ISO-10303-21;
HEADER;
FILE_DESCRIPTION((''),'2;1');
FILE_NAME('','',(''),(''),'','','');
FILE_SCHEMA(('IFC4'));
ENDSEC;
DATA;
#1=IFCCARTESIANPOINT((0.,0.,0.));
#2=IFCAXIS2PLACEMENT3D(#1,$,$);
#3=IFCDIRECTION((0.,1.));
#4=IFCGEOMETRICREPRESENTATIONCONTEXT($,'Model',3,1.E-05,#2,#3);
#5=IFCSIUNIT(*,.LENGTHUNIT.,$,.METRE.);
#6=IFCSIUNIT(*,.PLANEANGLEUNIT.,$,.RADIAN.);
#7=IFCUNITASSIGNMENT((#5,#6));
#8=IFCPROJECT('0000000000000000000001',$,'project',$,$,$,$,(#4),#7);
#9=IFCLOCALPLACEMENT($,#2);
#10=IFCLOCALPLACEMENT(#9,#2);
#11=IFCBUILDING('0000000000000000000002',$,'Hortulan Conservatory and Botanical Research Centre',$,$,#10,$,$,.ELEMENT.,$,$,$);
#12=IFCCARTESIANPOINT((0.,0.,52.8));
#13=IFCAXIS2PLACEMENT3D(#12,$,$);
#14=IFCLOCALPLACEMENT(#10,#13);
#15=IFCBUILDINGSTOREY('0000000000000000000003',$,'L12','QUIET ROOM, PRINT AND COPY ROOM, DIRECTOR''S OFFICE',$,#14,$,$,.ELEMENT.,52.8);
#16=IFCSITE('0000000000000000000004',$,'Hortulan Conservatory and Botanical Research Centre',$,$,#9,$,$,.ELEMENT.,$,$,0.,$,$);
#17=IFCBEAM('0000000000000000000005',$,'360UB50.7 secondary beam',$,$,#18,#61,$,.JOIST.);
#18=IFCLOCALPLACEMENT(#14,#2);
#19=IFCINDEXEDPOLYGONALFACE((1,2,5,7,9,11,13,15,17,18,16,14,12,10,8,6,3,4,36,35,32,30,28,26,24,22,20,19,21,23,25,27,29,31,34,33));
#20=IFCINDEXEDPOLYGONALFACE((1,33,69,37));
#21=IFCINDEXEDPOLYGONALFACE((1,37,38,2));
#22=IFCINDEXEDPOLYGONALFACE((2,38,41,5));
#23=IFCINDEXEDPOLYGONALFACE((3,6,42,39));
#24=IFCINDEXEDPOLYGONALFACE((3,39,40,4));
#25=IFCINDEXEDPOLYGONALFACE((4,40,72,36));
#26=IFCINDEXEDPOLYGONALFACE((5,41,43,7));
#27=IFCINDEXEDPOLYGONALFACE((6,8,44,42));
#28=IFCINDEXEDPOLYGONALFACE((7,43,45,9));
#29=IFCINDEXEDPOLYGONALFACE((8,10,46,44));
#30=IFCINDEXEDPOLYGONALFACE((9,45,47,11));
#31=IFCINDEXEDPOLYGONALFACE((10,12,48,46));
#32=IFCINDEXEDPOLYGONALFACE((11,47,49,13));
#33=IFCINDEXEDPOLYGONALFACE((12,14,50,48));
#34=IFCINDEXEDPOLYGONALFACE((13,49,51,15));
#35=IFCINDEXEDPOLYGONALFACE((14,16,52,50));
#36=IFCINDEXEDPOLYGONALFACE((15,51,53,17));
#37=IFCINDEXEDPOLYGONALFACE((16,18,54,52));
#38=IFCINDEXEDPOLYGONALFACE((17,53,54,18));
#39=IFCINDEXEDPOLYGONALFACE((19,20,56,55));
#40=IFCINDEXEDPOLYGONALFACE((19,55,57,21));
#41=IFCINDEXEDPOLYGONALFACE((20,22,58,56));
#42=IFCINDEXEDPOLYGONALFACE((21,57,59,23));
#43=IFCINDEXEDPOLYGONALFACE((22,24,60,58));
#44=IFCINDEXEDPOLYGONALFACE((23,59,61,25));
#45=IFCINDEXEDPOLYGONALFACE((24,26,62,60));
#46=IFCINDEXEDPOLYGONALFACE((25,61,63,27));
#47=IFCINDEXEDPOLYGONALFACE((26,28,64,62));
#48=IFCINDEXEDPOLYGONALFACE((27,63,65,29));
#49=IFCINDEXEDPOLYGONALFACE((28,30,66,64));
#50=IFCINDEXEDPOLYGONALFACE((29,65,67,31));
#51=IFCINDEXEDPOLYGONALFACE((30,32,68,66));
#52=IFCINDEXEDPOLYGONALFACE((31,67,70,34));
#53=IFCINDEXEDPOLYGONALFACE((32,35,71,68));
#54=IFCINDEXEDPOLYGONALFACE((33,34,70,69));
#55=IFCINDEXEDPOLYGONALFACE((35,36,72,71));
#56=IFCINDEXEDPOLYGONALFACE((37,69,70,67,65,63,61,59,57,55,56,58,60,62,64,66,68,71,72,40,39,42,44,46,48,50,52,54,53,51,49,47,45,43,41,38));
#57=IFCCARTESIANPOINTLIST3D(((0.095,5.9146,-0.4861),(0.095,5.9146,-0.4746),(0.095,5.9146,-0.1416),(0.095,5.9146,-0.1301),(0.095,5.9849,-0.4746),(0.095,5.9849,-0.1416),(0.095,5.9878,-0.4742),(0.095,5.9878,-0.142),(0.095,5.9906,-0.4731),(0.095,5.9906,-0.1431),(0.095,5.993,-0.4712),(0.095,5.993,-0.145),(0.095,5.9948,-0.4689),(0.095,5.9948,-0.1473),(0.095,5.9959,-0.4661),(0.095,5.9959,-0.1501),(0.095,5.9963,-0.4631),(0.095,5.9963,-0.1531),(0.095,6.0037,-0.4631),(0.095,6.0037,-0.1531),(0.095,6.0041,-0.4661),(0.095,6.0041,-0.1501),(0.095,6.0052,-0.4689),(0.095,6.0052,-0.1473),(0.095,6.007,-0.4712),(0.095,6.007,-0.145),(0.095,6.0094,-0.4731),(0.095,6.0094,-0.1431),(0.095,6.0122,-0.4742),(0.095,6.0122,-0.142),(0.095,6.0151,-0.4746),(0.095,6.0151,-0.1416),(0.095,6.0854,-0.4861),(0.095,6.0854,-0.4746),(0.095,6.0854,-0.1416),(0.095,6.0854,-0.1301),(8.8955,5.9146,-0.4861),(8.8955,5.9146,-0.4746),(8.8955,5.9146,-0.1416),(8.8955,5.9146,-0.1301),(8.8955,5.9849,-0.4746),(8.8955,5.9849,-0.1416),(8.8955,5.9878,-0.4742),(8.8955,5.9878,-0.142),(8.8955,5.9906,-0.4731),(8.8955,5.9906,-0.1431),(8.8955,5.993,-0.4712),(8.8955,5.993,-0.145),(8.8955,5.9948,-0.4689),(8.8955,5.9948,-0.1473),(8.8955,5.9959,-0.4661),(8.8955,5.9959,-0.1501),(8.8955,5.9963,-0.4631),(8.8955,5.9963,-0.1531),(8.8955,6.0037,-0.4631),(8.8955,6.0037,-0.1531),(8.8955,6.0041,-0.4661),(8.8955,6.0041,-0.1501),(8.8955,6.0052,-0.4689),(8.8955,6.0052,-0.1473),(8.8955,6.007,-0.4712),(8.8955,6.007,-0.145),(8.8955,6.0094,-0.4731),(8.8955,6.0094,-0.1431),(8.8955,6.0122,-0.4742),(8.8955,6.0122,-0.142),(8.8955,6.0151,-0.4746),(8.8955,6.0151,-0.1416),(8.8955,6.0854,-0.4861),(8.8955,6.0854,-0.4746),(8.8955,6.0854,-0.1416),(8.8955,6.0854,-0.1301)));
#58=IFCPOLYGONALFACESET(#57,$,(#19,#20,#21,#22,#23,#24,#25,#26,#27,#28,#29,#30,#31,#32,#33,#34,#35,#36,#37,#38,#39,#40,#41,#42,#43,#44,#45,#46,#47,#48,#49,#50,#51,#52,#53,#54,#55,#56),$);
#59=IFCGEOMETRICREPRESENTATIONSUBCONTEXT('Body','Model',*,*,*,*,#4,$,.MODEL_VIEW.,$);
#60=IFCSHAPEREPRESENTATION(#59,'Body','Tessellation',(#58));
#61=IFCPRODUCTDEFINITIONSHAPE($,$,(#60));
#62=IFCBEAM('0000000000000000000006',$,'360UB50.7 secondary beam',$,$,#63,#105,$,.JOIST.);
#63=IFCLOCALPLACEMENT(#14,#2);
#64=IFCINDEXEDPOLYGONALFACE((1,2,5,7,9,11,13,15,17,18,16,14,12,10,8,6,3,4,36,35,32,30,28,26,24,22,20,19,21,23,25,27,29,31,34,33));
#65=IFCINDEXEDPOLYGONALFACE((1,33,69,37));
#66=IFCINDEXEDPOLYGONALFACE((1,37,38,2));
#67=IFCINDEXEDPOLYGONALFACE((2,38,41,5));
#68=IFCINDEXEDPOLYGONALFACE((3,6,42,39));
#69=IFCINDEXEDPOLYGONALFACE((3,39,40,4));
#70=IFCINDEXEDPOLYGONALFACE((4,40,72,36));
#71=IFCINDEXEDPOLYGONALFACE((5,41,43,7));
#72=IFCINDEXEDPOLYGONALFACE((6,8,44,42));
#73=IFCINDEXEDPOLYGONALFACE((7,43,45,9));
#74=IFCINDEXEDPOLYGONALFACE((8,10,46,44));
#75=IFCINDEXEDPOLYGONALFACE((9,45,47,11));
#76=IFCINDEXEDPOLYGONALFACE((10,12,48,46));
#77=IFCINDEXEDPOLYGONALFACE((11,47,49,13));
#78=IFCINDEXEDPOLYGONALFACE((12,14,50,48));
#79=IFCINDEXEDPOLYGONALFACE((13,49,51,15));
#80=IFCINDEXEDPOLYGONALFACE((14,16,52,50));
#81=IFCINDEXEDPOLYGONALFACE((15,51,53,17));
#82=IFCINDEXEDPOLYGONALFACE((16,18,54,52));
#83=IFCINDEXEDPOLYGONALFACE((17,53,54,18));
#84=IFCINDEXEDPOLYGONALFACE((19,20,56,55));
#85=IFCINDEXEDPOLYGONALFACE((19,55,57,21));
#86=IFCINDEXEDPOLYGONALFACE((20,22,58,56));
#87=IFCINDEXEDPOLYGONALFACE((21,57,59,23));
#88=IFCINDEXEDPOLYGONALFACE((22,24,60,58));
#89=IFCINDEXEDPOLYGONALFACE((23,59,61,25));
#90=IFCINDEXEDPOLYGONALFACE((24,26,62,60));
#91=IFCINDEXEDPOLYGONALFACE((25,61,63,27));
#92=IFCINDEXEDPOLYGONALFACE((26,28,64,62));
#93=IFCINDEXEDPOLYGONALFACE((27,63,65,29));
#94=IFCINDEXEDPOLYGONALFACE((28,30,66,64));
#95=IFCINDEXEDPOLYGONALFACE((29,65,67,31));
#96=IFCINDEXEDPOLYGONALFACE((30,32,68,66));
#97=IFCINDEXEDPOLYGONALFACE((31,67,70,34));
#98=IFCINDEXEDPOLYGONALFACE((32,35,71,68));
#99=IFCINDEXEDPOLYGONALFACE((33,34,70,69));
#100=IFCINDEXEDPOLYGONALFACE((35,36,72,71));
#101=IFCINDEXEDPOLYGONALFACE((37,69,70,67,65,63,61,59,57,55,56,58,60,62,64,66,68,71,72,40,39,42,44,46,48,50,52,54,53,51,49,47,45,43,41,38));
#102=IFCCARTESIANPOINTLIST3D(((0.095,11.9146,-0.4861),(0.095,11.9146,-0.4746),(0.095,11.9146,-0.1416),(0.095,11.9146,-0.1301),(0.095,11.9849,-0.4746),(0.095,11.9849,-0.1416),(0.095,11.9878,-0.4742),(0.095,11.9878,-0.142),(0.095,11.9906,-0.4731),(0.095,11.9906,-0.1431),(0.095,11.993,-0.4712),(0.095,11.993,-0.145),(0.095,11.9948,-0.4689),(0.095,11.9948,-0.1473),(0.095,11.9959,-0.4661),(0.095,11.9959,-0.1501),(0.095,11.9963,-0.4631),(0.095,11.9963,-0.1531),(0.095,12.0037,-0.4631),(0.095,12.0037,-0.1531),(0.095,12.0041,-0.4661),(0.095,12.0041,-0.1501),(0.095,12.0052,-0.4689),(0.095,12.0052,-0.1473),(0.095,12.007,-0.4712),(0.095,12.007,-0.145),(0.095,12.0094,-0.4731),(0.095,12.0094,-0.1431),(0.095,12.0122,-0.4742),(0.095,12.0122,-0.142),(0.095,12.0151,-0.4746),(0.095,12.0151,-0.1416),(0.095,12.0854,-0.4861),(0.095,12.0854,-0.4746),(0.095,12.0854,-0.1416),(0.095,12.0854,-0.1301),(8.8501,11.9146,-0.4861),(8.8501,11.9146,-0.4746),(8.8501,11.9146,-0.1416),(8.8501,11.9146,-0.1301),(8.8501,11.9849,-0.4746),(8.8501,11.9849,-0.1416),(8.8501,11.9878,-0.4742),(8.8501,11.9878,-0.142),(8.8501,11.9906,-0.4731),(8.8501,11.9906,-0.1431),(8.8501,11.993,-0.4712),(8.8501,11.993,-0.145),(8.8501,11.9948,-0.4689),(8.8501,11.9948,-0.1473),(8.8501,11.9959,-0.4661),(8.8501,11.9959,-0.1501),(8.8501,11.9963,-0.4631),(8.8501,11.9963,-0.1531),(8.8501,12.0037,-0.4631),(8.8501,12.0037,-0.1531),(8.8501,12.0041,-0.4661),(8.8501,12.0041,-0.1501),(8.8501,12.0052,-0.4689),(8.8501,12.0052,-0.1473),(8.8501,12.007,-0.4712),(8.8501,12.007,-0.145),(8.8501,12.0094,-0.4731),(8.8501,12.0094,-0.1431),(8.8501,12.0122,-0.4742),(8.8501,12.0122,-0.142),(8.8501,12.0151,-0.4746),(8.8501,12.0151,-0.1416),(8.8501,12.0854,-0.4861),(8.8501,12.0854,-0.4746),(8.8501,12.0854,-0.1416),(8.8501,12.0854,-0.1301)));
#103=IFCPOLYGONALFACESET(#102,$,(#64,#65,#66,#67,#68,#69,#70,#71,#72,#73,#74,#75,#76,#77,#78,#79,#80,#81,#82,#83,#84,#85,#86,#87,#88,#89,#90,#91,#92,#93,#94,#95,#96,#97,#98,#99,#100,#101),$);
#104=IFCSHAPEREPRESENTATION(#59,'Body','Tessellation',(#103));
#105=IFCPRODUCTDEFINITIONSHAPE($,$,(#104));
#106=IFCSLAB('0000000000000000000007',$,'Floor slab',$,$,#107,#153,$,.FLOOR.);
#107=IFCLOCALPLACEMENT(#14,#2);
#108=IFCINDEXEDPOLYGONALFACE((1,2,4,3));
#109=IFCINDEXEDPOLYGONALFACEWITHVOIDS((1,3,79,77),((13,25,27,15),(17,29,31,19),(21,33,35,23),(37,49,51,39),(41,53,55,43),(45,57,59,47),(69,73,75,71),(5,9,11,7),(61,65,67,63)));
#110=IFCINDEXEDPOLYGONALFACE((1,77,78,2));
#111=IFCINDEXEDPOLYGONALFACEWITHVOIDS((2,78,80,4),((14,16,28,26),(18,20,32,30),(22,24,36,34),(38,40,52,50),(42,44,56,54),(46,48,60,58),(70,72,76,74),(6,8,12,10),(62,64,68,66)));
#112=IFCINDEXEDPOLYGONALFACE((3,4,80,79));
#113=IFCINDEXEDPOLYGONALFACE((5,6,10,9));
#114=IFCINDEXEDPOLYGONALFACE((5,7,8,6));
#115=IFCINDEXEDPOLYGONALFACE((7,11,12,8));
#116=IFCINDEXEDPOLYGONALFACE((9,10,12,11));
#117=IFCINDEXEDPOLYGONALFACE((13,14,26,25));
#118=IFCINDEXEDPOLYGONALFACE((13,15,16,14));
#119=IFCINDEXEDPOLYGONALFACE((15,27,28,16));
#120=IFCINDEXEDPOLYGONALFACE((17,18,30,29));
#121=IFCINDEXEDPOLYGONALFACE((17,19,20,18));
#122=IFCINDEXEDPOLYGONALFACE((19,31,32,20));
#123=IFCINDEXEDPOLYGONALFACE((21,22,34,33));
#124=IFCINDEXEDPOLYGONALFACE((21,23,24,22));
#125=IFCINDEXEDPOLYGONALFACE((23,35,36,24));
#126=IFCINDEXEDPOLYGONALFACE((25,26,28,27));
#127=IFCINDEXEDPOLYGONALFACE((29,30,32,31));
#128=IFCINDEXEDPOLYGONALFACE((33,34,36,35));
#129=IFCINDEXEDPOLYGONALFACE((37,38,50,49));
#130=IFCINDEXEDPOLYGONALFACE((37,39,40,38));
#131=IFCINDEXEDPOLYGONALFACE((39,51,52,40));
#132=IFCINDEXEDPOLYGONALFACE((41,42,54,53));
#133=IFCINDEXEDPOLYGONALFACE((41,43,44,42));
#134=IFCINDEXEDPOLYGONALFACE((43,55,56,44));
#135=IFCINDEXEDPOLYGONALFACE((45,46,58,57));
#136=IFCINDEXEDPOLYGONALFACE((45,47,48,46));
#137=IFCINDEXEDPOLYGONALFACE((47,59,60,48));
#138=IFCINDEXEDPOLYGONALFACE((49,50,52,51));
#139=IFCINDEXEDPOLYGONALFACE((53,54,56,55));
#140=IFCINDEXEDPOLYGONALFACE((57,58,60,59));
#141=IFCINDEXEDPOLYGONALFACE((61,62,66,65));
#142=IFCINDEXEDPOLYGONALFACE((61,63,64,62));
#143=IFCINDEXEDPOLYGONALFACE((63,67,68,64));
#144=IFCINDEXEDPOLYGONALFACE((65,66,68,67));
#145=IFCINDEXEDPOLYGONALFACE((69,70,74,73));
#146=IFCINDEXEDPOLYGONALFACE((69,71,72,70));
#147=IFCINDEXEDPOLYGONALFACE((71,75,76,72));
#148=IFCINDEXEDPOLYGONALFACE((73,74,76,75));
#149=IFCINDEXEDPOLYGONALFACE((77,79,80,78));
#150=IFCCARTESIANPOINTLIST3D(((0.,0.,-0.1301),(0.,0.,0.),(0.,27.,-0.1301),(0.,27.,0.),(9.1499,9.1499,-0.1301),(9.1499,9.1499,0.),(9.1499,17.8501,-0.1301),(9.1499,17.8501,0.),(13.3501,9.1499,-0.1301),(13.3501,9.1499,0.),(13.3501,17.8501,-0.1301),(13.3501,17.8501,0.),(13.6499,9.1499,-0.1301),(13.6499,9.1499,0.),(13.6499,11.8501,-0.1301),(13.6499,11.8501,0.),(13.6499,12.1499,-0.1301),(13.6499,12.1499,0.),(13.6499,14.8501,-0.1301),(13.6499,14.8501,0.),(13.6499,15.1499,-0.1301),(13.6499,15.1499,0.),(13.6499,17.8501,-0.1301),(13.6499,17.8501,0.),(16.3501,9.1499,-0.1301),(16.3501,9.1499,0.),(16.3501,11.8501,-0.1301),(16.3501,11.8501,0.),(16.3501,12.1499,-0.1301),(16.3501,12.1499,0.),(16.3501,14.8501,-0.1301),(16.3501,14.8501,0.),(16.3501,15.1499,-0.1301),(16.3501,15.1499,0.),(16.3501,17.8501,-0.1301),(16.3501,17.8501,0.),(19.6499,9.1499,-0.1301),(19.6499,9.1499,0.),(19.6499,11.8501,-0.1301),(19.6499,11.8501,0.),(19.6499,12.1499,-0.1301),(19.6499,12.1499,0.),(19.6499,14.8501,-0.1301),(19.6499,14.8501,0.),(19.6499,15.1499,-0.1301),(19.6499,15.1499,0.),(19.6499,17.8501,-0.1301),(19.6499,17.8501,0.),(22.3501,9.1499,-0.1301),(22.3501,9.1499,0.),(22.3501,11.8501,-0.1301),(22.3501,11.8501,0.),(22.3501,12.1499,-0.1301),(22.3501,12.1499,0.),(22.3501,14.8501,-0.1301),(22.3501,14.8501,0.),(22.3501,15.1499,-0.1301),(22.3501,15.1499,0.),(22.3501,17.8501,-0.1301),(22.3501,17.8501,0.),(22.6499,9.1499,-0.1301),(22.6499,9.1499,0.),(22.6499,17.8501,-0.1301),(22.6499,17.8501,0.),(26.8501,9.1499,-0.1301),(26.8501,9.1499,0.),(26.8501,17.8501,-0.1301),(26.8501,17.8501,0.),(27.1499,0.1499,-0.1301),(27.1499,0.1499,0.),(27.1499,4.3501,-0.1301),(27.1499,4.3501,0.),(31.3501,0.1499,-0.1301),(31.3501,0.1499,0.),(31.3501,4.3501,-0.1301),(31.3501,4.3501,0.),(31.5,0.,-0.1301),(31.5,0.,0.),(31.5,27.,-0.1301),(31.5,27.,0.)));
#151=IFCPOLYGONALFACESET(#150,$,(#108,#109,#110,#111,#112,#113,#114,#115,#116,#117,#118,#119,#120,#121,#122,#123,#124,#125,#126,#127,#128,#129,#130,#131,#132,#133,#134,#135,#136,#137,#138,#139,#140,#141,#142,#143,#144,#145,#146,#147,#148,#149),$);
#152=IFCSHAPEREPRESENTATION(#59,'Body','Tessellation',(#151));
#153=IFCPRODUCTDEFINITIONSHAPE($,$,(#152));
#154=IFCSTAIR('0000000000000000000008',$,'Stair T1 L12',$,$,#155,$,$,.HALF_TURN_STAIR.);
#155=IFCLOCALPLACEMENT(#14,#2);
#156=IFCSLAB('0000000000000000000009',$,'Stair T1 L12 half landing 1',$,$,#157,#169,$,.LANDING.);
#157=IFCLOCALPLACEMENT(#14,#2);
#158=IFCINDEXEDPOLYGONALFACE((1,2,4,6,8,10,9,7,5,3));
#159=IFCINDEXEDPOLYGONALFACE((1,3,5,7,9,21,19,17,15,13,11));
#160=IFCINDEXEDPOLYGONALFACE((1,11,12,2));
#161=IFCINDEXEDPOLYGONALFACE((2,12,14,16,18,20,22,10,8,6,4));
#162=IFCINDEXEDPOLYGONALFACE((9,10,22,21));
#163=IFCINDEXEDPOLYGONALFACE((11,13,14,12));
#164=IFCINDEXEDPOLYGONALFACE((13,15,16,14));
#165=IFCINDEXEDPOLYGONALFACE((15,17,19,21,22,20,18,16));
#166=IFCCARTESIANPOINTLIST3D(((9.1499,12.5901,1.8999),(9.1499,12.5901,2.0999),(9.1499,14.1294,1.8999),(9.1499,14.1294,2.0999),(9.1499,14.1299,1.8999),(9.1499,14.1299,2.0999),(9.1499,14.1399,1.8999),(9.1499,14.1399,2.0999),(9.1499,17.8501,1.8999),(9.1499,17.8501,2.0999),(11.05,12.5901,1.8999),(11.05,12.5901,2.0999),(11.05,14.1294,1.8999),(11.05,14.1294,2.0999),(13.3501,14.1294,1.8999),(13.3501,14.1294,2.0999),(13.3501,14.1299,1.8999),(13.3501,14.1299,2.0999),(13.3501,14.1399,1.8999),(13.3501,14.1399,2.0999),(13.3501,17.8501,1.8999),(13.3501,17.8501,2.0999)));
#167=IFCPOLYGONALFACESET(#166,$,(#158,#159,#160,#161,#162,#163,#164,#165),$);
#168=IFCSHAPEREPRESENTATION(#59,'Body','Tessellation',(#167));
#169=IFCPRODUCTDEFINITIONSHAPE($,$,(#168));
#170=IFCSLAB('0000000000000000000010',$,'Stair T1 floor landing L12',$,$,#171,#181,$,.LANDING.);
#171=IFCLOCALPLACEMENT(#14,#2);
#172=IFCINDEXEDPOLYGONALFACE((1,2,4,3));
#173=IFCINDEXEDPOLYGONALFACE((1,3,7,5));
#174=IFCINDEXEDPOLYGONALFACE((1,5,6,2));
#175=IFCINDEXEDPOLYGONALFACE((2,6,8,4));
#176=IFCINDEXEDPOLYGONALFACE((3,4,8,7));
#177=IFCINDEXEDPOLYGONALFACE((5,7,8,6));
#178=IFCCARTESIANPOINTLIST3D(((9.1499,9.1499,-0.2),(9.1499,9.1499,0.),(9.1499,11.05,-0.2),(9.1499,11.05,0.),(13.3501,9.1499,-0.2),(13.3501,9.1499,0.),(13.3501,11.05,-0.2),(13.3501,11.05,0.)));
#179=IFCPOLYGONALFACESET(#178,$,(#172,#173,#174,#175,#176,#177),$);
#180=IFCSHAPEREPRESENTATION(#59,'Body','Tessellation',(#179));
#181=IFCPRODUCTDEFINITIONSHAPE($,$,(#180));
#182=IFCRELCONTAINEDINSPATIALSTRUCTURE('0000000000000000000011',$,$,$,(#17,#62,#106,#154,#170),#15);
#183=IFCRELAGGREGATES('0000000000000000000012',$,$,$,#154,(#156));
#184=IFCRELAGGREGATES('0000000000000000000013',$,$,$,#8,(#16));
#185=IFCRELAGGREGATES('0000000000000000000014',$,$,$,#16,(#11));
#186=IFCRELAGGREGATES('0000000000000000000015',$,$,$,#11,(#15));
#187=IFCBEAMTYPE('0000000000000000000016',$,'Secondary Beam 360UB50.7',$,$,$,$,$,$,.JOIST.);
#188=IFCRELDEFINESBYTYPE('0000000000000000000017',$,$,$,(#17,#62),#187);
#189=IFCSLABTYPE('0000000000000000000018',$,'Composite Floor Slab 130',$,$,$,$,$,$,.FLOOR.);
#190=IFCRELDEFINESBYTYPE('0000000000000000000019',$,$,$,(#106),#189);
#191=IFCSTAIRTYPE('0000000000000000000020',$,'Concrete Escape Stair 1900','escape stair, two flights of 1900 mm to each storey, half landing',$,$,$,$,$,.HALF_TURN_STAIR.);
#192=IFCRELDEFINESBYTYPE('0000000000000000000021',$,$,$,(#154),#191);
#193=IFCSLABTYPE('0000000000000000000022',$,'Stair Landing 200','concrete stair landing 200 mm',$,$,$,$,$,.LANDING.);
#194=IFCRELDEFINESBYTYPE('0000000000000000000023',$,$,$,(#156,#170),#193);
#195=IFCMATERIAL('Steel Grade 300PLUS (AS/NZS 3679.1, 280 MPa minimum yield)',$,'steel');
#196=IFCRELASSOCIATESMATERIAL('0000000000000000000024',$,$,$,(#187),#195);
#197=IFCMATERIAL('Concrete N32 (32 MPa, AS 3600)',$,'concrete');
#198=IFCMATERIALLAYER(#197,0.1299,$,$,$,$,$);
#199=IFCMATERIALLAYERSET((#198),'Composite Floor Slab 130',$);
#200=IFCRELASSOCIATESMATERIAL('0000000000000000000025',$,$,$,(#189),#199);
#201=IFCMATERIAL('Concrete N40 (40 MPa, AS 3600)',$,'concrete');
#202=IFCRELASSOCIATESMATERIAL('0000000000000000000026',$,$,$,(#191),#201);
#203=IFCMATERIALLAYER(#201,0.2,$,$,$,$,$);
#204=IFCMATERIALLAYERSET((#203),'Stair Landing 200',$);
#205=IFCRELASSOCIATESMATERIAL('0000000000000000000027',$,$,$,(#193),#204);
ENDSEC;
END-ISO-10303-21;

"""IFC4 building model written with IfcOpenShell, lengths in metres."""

from ifc_helpers import new_model, si_unit, direction, frame, origin, origin_2d, place, context, subcontext, project, spatial, polyline, i_section, outline, extrude, material, layer, layer_set, material_profile, profile_set, type_object, element, aggregate, save


model = new_model("IFC4")

# Units and contexts
model_context = context("Model", 3, precision=1e-05, world=origin(), true_north=direction((0.0, 1.0)))
body_context = subcontext(model_context, "Body", "Model", "MODEL_VIEW")
ifc_project = project(units=[si_unit("LENGTHUNIT", "METRE"), si_unit("PLANEANGLEUNIT", "RADIAN")], contexts=[model_context])

# Site, building, storey
site_placement = place(None, origin())
site = spatial("IfcSite", under=ifc_project, at=site_placement, Name="Hortulan Conservatory and Botanical Research Centre", CompositionType="ELEMENT", RefElevation=0.0)
building_placement = place(site_placement, origin())
building = spatial("IfcBuilding", under=site, at=building_placement, Name="Hortulan Conservatory and Botanical Research Centre", CompositionType="ELEMENT")
storey_placement = place(building_placement, frame((0.0, 0.0, 52.8)))
storey = spatial("IfcBuildingStorey", under=building, at=storey_placement, Name="L12", Description="QUIET ROOM, PRINT AND COPY ROOM, DIRECTOR'S OFFICE", CompositionType="ELEMENT", Elevation=52.8)

# Shared definitions
ifc_material_1 = material(Name="Steel Grade 300PLUS (AS/NZS 3679.1, 280 MPa minimum yield)", Category="steel")

# Beams
ifc_material_profile_1 = material_profile(ifc_material_1, i_section(OverallWidth=0.1709, OverallDepth=0.356, WebThickness=0.0073, FlangeThickness=0.0115, FilletRadius=0.0115, at=origin_2d()), Name="360UB50.7")
ifc_profile_set_1 = profile_set([ifc_material_profile_1], Name="Steel Grade 300PLUS (AS/NZS 3679.1, 280 MPa minimum yield)")
beam_type_1 = type_object("IfcBeamType", Name="Secondary Beam 360UB50.7", PredefinedType="JOIST", material=ifc_profile_set_1)
for number, where, z_axis, x_axis, name in (
    (1, (0.095, 6.0, -0.3081), (1.0, 0.0, 0.0), (0.0, 1.0, 0.0), "360UB50.7 secondary beam"),
):
    element("IfcBeam", number, at=place(storey_placement, frame(where, z_axis=z_axis, x_axis=x_axis)), inside=storey, type_object=beam_type_1, Name=name, PredefinedType="JOIST", context=body_context, shape_type="SweptSolid", body=[
        extrude(i_section(OverallWidth=0.1709, OverallDepth=0.356, WebThickness=0.0073, FlangeThickness=0.0115, FilletRadius=0.0115, at=origin_2d()), origin(), (0.0, 0.0, 1.0), 8.8005),
    ])
beam_1_placement = place(storey_placement, frame((0.095, 12.0, -0.3081), z_axis=(1.0, 0.0, 0.0), x_axis=(0.0, 1.0, 0.0)))
element("IfcBeam", 2, at=beam_1_placement, inside=storey, type_object=beam_type_1, Name="360UB50.7 secondary beam", PredefinedType="JOIST", context=body_context, shape_type="SweptSolid", body=[
    extrude(i_section(OverallWidth=0.1709, OverallDepth=0.356, WebThickness=0.0073, FlangeThickness=0.0115, FilletRadius=0.0115, at=origin_2d()), origin(), (0.0, 0.0, 1.0), 8.7551),
])

# Slab
ifc_material_2 = material(Name="Concrete N32 (32 MPa, AS 3600)", Category="concrete")
ifc_layer_1 = layer(ifc_material_2, 0.1299)
ifc_layer_set_1 = layer_set([ifc_layer_1], Name="Composite Floor Slab 130")
slab_type_1 = type_object("IfcSlabType", Name="Composite Floor Slab 130", PredefinedType="FLOOR", material=ifc_layer_set_1)
slab_1_placement = place(storey_placement, frame((0.0, 0.0, -0.1301)))
element("IfcSlab", 3, at=slab_1_placement, inside=storey, type_object=slab_type_1, Name="Floor slab", PredefinedType="FLOOR", context=body_context, shape_type="SweptSolid", body=[
    extrude(outline(polyline([(0.0, 0.0), (31.5, 0.0), (31.5, 27.0), (0.0, 27.0), (0.0, 0.0)]), holes=[polyline([(27.1499, 4.3501), (27.1499, 0.1499), (31.3501, 0.1499), (31.3501, 4.3501), (27.1499, 4.3501)]), polyline([(13.6499, 11.8501), (13.6499, 9.1499), (16.3501, 9.1499), (16.3501, 11.8501), (13.6499, 11.8501)]), polyline([(19.6499, 11.8501), (19.6499, 9.1499), (22.3501, 9.1499), (22.3501, 11.8501), (19.6499, 11.8501)]), polyline([(9.1499, 17.8501), (9.1499, 9.1499), (13.3501, 9.1499), (13.3501, 17.8501), (9.1499, 17.8501)]), polyline([(13.6499, 14.8501), (13.6499, 12.1499), (16.3501, 12.1499), (16.3501, 14.8501), (13.6499, 14.8501)]), polyline([(19.6499, 14.8501), (19.6499, 12.1499), (22.3501, 12.1499), (22.3501, 14.8501), (19.6499, 14.8501)]), polyline([(22.6499, 17.8501), (22.6499, 9.1499), (26.8501, 9.1499), (26.8501, 17.8501), (22.6499, 17.8501)]), polyline([(16.3501, 17.8501), (13.6499, 17.8501), (13.6499, 15.1499), (16.3501, 15.1499), (16.3501, 17.8501)]), polyline([(22.3501, 17.8501), (19.6499, 17.8501), (19.6499, 15.1499), (22.3501, 15.1499), (22.3501, 17.8501)])]), origin(), (0.0, 0.0, 1.0), 0.1301),
])

# Stair, slab
ifc_material_3 = material(Name="Concrete N40 (40 MPa, AS 3600)", Category="concrete")
stair_type_1 = type_object("IfcStairType", Name="Concrete Escape Stair 1900", Description="escape stair, two flights of 1900 mm to each storey, half landing", PredefinedType="HALF_TURN_STAIR", material=ifc_material_3)
stair_1_placement = place(storey_placement, origin())
stair_1 = element("IfcStair", 4, at=stair_1_placement, inside=storey, type_object=stair_type_1, Name="Stair T1 L12", PredefinedType="HALF_TURN_STAIR")
ifc_layer_2 = layer(ifc_material_3, 0.2)
ifc_layer_set_2 = layer_set([ifc_layer_2], Name="Stair Landing 200")
slab_type_2 = type_object("IfcSlabType", Name="Stair Landing 200", Description="concrete stair landing 200 mm", PredefinedType="LANDING", material=ifc_layer_set_2)
slab_2_placement = place(storey_placement, frame((0.0, 0.0, 1.8999)))
slab_2 = element("IfcSlab", 5, at=slab_2_placement, type_object=slab_type_2, Name="Stair T1 L12 half landing 1", PredefinedType="LANDING", context=body_context, shape_type="SweptSolid", body=[
    extrude(outline(polyline([(13.3501, 14.1294), (11.05, 14.1294), (11.05, 12.5901), (9.1499, 12.5901), (9.1499, 14.1294), (9.1499, 14.1299), (9.1499, 14.1399), (9.1499, 17.8501), (13.3501, 17.8501), (13.3501, 14.1399), (13.3501, 14.1299), (13.3501, 14.1294)])), origin(), (0.0, 0.0, 1.0), 0.2),
])
aggregate(stair_1, [slab_2])

# Slab
slab_3_placement = place(storey_placement, frame((0.0, 0.0, -0.2)))
element("IfcSlab", 6, at=slab_3_placement, inside=storey, type_object=slab_type_2, Name="Stair T1 floor landing L12", PredefinedType="LANDING", context=body_context, shape_type="SweptSolid", body=[
    extrude(outline(polyline([(13.3501, 9.1499), (9.1499, 9.1499), (9.1499, 11.05), (13.3501, 11.05), (13.3501, 9.1499)])), origin(), (0.0, 0.0, 1.0), 0.2),
])

save(model, "model.ifc")
